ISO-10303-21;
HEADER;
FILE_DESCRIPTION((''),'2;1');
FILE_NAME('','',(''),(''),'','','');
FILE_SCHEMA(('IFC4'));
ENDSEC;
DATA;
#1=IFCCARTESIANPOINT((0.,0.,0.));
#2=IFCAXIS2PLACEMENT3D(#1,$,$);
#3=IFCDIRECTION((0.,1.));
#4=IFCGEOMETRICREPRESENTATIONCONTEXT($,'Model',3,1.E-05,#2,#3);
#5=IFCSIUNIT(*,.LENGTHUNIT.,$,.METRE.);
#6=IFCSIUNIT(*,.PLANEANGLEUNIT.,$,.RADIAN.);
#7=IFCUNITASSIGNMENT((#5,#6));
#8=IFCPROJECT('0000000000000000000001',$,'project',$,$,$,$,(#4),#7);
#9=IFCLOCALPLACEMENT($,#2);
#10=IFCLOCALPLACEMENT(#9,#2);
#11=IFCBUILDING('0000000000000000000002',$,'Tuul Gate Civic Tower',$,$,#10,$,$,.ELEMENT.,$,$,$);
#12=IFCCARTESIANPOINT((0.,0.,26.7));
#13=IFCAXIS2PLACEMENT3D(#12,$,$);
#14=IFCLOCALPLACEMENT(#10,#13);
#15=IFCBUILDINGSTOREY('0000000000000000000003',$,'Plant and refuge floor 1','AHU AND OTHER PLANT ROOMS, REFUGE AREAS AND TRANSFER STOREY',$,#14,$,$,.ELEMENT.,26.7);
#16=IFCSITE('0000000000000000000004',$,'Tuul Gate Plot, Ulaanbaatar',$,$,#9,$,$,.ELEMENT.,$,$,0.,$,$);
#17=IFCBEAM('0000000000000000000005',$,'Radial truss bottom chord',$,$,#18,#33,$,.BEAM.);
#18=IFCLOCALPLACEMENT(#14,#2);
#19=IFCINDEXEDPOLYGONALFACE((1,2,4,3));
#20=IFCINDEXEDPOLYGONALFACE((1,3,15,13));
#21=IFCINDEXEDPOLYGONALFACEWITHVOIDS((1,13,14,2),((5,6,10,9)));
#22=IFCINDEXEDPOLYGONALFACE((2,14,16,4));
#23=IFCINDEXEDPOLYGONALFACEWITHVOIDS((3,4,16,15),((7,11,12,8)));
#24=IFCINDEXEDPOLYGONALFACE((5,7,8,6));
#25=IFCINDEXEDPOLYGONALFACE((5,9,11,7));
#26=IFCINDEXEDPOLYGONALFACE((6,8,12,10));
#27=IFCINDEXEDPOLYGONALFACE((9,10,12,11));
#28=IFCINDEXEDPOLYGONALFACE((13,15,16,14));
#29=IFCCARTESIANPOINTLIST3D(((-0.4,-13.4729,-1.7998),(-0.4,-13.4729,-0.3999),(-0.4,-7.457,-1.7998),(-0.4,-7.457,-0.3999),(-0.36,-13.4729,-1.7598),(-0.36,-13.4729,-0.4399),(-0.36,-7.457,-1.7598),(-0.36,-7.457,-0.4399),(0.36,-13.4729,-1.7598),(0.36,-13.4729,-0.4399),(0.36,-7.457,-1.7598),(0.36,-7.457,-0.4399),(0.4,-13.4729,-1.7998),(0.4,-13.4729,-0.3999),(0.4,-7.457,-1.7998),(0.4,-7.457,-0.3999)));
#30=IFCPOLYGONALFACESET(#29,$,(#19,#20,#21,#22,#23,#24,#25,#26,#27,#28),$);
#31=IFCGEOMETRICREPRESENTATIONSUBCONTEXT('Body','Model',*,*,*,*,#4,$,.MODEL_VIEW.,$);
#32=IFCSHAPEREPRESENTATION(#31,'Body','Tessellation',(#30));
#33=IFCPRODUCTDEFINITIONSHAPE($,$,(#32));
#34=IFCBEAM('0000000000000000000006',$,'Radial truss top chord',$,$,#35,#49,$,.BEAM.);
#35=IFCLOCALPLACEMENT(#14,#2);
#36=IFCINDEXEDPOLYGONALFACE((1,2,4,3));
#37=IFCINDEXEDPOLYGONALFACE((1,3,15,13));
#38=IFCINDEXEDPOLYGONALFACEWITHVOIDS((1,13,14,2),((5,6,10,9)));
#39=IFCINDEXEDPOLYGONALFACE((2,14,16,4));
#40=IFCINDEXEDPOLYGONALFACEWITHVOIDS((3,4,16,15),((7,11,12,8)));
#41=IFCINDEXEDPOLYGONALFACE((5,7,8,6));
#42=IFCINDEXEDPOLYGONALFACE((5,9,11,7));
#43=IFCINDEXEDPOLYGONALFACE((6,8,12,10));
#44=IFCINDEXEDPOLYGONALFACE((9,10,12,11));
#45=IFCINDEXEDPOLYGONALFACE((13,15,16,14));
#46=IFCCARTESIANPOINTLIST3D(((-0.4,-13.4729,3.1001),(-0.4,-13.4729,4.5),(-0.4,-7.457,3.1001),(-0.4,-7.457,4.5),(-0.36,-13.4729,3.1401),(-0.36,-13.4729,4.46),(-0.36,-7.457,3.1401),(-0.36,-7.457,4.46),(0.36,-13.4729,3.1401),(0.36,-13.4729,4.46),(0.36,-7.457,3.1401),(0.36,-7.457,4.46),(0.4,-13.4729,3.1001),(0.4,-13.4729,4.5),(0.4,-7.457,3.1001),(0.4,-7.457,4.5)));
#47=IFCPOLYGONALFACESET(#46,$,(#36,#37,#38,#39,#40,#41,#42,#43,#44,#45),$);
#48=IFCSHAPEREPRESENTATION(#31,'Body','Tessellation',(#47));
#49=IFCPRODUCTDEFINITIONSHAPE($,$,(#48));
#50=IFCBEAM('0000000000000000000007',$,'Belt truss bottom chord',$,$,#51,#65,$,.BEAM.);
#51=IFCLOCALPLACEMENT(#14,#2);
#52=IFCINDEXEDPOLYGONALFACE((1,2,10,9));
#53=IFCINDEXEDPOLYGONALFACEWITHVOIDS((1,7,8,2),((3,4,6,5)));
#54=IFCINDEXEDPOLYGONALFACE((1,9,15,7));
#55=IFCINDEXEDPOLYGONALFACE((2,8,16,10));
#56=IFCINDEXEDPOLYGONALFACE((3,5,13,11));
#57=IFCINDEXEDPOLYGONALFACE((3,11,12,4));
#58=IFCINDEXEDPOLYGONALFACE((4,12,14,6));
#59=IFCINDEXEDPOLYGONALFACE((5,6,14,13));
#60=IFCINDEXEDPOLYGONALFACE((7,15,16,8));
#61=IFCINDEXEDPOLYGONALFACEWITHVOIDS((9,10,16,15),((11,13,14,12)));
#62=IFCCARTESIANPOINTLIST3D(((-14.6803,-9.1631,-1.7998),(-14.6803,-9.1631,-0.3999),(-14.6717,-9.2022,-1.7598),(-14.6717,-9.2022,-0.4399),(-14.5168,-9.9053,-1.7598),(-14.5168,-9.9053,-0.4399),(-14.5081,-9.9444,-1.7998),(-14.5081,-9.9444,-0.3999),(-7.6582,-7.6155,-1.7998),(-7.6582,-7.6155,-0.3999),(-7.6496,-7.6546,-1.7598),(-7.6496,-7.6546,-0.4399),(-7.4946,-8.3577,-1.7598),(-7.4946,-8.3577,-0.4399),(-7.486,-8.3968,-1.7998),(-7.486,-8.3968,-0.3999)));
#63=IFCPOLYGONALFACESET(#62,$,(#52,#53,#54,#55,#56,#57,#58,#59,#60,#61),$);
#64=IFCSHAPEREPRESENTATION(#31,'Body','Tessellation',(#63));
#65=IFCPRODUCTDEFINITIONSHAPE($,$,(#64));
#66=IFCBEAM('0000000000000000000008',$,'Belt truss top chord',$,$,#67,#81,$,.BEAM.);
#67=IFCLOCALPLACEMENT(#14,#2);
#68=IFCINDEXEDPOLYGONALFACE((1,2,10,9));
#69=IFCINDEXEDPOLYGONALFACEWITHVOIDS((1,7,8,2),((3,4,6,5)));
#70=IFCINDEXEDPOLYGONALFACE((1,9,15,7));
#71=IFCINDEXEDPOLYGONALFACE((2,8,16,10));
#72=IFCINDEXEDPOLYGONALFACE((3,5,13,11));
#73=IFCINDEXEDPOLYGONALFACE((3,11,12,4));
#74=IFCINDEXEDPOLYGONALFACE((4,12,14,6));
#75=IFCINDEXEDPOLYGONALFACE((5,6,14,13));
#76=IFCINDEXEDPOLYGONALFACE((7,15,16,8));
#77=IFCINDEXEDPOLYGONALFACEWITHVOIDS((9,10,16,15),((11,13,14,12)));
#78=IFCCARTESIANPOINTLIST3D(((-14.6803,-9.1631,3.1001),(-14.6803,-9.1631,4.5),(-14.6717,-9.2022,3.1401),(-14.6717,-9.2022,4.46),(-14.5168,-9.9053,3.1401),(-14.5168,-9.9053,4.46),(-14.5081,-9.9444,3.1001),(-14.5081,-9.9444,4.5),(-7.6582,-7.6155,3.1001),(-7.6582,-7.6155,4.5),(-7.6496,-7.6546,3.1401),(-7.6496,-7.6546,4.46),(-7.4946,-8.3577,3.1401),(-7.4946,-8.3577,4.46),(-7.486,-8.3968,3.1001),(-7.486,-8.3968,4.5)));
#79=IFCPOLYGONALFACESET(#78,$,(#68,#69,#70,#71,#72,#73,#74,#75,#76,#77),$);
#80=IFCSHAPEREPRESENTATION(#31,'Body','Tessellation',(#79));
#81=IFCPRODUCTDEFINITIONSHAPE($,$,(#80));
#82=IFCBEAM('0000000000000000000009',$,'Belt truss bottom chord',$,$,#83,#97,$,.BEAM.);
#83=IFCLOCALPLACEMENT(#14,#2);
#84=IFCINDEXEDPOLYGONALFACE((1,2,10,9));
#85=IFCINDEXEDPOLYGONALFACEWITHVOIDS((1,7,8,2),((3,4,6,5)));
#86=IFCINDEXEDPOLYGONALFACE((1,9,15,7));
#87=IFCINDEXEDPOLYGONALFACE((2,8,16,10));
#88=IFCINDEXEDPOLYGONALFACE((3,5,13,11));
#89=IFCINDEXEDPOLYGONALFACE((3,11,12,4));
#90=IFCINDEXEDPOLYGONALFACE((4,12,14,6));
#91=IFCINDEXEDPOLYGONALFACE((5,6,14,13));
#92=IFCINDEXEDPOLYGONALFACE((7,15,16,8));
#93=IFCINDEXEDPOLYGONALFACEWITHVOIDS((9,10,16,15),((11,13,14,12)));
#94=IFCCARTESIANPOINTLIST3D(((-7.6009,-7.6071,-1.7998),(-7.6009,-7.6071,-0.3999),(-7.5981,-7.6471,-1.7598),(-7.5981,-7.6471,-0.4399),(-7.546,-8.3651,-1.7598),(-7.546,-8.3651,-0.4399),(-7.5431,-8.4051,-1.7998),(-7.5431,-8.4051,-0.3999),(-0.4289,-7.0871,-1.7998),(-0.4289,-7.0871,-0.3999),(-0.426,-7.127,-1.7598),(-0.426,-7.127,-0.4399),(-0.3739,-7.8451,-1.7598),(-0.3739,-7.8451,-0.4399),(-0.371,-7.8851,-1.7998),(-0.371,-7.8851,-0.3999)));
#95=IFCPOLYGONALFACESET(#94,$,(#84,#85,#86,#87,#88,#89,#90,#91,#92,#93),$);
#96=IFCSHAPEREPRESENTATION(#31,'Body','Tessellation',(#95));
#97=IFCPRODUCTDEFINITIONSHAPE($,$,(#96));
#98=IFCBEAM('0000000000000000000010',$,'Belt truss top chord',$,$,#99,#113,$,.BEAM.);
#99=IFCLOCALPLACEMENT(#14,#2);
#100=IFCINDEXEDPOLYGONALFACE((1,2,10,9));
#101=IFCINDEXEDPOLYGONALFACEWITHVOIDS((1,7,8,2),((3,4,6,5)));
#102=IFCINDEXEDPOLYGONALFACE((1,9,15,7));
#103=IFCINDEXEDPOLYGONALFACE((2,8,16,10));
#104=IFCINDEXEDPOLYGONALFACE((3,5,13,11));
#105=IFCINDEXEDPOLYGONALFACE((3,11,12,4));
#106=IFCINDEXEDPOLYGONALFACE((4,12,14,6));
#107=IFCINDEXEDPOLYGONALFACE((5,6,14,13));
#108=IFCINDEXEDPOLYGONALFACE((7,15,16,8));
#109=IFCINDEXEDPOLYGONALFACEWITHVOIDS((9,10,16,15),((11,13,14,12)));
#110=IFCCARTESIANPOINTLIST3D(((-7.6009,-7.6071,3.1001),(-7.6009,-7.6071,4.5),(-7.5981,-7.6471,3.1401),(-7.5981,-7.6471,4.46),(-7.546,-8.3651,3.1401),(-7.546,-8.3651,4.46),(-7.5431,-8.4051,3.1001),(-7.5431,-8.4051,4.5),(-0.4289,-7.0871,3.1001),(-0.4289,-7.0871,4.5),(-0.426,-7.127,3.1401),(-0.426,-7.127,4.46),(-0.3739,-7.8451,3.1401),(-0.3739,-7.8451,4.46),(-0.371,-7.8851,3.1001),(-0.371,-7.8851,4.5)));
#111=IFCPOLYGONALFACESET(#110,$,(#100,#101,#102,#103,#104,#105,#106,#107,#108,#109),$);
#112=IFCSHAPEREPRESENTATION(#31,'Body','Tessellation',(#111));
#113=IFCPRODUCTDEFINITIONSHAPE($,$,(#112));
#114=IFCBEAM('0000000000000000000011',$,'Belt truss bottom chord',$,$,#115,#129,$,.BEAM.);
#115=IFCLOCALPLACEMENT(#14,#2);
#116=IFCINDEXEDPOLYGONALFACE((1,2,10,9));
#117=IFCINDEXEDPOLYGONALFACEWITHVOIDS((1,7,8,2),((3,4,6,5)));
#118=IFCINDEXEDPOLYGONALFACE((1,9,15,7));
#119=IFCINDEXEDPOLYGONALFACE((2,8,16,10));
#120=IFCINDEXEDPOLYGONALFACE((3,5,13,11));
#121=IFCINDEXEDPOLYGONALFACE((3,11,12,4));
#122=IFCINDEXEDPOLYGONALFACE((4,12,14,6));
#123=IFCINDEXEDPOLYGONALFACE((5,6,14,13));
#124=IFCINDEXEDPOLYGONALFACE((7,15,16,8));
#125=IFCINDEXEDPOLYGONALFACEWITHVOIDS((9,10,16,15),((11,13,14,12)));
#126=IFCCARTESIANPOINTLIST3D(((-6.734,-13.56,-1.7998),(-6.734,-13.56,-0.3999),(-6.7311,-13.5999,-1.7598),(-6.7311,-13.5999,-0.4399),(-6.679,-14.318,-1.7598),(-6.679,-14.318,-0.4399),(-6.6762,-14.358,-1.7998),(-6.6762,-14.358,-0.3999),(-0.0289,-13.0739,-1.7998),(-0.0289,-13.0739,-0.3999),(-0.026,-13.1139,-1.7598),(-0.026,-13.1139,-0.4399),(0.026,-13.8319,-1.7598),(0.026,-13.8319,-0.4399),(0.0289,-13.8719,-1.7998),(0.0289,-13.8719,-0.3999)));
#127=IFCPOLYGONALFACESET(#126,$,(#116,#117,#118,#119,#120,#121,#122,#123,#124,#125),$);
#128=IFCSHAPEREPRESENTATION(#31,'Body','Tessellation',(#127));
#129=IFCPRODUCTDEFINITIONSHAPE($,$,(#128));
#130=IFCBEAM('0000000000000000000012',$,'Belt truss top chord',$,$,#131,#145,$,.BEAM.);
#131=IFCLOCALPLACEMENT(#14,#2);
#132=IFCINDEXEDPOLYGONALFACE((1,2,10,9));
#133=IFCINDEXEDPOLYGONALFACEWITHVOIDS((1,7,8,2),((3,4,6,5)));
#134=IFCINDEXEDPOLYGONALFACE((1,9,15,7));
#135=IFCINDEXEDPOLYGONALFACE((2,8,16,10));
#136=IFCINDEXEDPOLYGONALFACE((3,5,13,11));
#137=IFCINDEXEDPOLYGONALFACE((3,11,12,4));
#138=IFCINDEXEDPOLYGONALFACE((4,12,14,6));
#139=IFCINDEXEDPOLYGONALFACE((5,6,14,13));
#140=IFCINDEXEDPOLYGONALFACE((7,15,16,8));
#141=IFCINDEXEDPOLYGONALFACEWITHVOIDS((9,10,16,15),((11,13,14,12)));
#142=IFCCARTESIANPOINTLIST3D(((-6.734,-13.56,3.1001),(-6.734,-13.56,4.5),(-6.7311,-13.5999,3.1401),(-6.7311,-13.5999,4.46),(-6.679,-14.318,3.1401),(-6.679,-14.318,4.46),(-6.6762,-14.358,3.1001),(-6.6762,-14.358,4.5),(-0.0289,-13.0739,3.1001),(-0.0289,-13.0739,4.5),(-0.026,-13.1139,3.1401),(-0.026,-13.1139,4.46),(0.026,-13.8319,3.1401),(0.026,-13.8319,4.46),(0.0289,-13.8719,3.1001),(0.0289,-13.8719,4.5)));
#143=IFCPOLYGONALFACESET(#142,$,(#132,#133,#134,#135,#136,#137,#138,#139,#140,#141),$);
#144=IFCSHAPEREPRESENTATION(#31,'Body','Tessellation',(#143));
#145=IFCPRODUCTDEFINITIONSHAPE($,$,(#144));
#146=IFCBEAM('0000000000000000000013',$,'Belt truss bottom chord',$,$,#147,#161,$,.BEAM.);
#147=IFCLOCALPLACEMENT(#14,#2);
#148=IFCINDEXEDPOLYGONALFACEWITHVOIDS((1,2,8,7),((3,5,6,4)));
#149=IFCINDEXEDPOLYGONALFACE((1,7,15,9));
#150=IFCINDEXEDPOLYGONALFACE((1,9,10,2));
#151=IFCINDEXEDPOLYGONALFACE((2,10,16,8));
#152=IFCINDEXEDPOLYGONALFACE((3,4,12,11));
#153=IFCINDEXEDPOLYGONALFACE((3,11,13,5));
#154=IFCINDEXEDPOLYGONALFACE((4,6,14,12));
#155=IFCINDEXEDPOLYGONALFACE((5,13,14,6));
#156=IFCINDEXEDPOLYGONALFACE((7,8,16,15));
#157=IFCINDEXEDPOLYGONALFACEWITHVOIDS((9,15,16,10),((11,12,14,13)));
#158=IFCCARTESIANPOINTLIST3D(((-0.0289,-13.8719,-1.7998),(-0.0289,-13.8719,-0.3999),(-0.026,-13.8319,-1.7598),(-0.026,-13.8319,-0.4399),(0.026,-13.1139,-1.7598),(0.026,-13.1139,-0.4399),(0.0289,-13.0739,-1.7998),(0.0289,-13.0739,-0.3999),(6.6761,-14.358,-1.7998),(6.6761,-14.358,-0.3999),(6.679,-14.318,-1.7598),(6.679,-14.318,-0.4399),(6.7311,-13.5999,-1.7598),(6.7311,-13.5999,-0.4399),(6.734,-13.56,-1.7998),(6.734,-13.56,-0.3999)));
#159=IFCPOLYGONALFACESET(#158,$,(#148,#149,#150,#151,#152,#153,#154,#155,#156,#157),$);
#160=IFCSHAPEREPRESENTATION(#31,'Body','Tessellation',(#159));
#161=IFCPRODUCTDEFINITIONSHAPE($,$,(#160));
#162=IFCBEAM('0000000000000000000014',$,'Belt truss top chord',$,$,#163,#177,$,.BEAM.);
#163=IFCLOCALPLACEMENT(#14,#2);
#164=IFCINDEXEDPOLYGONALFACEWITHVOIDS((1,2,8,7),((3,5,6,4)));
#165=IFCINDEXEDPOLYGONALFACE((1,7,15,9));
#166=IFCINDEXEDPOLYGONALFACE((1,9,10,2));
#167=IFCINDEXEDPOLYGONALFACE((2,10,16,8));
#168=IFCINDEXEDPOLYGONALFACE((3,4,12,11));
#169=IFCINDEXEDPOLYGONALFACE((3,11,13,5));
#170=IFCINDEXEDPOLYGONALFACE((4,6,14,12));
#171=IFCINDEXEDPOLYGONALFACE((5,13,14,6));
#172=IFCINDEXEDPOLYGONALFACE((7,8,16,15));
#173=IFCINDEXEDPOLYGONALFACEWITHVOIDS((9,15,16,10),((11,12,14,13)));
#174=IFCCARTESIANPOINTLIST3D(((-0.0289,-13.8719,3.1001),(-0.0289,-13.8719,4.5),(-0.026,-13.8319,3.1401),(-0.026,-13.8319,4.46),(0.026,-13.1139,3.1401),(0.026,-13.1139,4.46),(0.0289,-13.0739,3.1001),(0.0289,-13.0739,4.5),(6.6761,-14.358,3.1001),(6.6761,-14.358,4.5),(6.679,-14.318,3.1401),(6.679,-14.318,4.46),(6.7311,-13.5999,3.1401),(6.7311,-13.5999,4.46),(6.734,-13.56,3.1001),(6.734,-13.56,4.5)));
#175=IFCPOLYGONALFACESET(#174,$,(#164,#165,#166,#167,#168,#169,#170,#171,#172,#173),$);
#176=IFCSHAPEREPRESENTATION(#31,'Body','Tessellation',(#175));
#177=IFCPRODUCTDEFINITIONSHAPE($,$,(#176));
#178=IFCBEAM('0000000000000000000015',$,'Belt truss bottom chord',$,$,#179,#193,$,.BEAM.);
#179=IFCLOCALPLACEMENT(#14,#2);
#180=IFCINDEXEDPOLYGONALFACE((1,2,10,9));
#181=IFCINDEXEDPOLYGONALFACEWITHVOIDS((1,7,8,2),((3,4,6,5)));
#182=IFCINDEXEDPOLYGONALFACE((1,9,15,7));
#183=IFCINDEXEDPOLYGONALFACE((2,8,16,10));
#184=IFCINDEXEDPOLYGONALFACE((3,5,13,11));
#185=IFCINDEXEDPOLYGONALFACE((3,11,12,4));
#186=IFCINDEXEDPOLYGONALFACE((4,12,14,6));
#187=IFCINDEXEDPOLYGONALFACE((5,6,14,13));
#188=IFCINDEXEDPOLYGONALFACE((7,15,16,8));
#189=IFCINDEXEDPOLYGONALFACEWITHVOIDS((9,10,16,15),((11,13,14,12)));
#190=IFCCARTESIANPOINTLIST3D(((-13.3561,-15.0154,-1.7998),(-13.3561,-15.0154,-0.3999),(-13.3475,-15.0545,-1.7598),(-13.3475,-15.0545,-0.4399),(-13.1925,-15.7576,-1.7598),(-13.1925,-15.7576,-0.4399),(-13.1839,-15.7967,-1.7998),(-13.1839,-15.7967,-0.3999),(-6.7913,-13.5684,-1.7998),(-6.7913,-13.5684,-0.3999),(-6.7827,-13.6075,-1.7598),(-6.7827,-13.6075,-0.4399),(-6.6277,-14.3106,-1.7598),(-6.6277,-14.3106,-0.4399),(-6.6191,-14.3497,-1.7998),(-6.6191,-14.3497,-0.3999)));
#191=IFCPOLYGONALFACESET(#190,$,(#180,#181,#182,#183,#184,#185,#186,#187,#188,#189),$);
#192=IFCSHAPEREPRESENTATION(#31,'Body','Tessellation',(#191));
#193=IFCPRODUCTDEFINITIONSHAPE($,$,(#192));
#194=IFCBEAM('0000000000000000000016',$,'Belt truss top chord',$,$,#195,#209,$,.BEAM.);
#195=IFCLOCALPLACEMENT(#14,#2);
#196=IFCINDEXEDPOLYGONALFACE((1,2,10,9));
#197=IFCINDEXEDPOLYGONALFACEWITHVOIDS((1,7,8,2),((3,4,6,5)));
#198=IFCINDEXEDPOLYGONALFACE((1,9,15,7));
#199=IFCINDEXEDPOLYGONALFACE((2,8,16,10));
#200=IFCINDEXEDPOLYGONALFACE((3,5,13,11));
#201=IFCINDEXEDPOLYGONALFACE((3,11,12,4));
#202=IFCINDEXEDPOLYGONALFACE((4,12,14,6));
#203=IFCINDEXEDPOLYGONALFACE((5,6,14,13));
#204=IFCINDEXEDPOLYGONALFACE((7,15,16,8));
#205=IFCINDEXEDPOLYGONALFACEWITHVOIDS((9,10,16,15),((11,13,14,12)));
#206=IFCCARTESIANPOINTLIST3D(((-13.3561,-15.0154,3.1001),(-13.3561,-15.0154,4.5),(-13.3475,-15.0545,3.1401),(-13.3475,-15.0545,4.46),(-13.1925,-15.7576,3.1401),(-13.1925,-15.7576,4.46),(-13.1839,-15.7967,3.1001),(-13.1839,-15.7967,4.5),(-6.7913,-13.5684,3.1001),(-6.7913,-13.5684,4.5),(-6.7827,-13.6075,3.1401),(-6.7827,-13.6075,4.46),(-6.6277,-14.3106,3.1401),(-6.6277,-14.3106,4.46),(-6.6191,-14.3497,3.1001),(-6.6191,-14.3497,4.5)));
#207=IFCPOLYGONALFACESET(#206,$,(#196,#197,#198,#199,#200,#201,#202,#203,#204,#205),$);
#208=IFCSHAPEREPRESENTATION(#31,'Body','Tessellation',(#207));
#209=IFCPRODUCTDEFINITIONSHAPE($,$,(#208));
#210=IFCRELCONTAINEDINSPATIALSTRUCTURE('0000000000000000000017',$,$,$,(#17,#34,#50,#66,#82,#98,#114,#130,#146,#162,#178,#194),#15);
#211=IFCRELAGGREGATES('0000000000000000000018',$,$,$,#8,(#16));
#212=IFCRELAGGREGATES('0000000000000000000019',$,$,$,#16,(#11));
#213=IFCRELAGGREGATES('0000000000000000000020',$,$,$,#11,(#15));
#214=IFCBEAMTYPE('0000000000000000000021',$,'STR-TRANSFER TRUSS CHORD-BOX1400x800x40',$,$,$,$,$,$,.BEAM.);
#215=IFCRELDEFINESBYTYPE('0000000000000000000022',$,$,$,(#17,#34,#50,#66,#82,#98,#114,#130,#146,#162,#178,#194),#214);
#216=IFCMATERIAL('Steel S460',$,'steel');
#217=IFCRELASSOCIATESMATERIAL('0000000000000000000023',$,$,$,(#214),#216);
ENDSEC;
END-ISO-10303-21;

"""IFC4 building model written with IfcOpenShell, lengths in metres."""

from ifc_helpers import new_model, si_unit, direction, frame, origin, origin_2d, place, context, subcontext, project, spatial, hollow_rectangle, extrude, material, material_profile, profile_set, type_object, element, save


model = new_model("IFC4")

# Units and contexts
model_context = context("Model", 3, precision=1e-05, world=origin(), true_north=direction((0.0, 1.0)))
body_context = subcontext(model_context, "Body", "Model", "MODEL_VIEW")
ifc_project = project(units=[si_unit("LENGTHUNIT", "METRE"), si_unit("PLANEANGLEUNIT", "RADIAN")], contexts=[model_context])

# Site, building, storey
site_placement = place(None, origin())
site = spatial("IfcSite", under=ifc_project, at=site_placement, Name="Tuul Gate Plot, Ulaanbaatar", CompositionType="ELEMENT", RefElevation=0.0)
building_placement = place(site_placement, origin())
building = spatial("IfcBuilding", under=site, at=building_placement, Name="Tuul Gate Civic Tower", CompositionType="ELEMENT")
storey_placement = place(building_placement, frame((0.0, 0.0, 26.7)))
storey = spatial("IfcBuildingStorey", under=building, at=storey_placement, Name="Plant and refuge floor 1", Description="AHU AND OTHER PLANT ROOMS, REFUGE AREAS AND TRANSFER STOREY", CompositionType="ELEMENT", Elevation=26.7)

# Beams
ifc_material_1 = material(Name="Steel S460", Category="steel")
ifc_material_profile_1 = material_profile(ifc_material_1, hollow_rectangle(XDim=0.8, YDim=1.3999, WallThickness=0.04, at=origin_2d()), Name="BOX1400x800x40")
ifc_profile_set_1 = profile_set([ifc_material_profile_1], Name="Steel S460")
beam_type = type_object("IfcBeamType", Name="STR-TRANSFER TRUSS CHORD-BOX1400x800x40", PredefinedType="BEAM", material=ifc_profile_set_1)
for number, where, z_axis, x_axis, name in (
    (1, (0.0, -7.457, -1.0999), (0.0, -1.0, 0.0), (1.0, 0.0, 0.0), "Radial truss bottom chord"),
    (2, (0.0, -7.457, 3.8), (0.0, -1.0, 0.0), (1.0, 0.0, 0.0), "Radial truss top chord"),
):
    element("IfcBeam", number, at=place(storey_placement, frame(where, z_axis=z_axis, x_axis=x_axis)), inside=storey, type_object=beam_type, Name=name, PredefinedType="BEAM", context=body_context, shape_type="SweptSolid", body=[
        extrude(hollow_rectangle(XDim=0.8, YDim=1.3999, WallThickness=0.04, at=origin_2d()), origin(), (0.0, 0.0, 1.0), 6.0159),
    ])
for number, where, z_axis, x_axis, name in (
    (3, (-14.5942, -9.5537, -1.0999), (0.976565, 0.215223, 0.0), (-0.215223, 0.976565, 0.0), "Belt truss bottom chord"),
    (4, (-14.5942, -9.5537, 3.8), (0.976565, 0.215223, 0.0), (-0.215223, 0.976565, 0.0), "Belt truss top chord"),
):
    element("IfcBeam", number, at=place(storey_placement, frame(where, z_axis=z_axis, x_axis=x_axis)), inside=storey, type_object=beam_type, Name=name, PredefinedType="BEAM", context=body_context, shape_type="SweptSolid", body=[
        extrude(hollow_rectangle(XDim=0.8, YDim=1.3999, WallThickness=0.04, at=origin_2d()), origin(), (0.0, 0.0, 1.0), 7.1907),
    ])
for number, where, z_axis, x_axis, name in (
    (5, (-7.572, -8.0061, -1.0999), (0.997382, 0.072316, 0.0), (-0.072316, 0.997382, 0.0), "Belt truss bottom chord"),
    (6, (-7.572, -8.0061, 3.8), (0.997382, 0.072316, 0.0), (-0.072316, 0.997382, 0.0), "Belt truss top chord"),
):
    element("IfcBeam", number, at=place(storey_placement, frame(where, z_axis=z_axis, x_axis=x_axis)), inside=storey, type_object=beam_type, Name=name, PredefinedType="BEAM", context=body_context, shape_type="SweptSolid", body=[
        extrude(hollow_rectangle(XDim=0.8, YDim=1.3999, WallThickness=0.04, at=origin_2d()), origin(), (0.0, 0.0, 1.0), 7.1909),
    ])
for number, where, z_axis, x_axis, name in (
    (7, (-6.7051, -13.959, -1.0999), (0.997383, 0.072305, 0.0), (-0.072305, 0.997383, 0.0), "Belt truss bottom chord"),
    (8, (-6.7051, -13.959, 3.8), (0.997383, 0.072305, 0.0), (-0.072305, 0.997383, 0.0), "Belt truss top chord"),
    (9, (0.0, -13.4729, -1.0999), (0.997383, -0.072305, 0.0), (0.072305, 0.997383, 0.0), "Belt truss bottom chord"),
    (10, (0.0, -13.4729, 3.8), (0.997383, -0.072305, 0.0), (0.072305, 0.997383, 0.0), "Belt truss top chord"),
):
    element("IfcBeam", number, at=place(storey_placement, frame(where, z_axis=z_axis, x_axis=x_axis)), inside=storey, type_object=beam_type, Name=name, PredefinedType="BEAM", context=body_context, shape_type="SweptSolid", body=[
        extrude(hollow_rectangle(XDim=0.8, YDim=1.3999, WallThickness=0.04, at=origin_2d()), origin(), (0.0, 0.0, 1.0), 6.7227),
    ])
for number, where, z_axis, x_axis, name in (
    (11, (-13.27, -15.406, -1.0999), (0.976559, 0.21525, 0.0), (-0.21525, 0.976559, 0.0), "Belt truss bottom chord"),
    (12, (-13.27, -15.406, 3.8), (0.976559, 0.21525, 0.0), (-0.21525, 0.976559, 0.0), "Belt truss top chord"),
):
    element("IfcBeam", number, at=place(storey_placement, frame(where, z_axis=z_axis, x_axis=x_axis)), inside=storey, type_object=beam_type, Name=name, PredefinedType="BEAM", context=body_context, shape_type="SweptSolid", body=[
        extrude(hollow_rectangle(XDim=0.8, YDim=1.3999, WallThickness=0.04, at=origin_2d()), origin(), (0.0, 0.0, 1.0), 6.7224),
    ])

save(model, "model.ifc")
